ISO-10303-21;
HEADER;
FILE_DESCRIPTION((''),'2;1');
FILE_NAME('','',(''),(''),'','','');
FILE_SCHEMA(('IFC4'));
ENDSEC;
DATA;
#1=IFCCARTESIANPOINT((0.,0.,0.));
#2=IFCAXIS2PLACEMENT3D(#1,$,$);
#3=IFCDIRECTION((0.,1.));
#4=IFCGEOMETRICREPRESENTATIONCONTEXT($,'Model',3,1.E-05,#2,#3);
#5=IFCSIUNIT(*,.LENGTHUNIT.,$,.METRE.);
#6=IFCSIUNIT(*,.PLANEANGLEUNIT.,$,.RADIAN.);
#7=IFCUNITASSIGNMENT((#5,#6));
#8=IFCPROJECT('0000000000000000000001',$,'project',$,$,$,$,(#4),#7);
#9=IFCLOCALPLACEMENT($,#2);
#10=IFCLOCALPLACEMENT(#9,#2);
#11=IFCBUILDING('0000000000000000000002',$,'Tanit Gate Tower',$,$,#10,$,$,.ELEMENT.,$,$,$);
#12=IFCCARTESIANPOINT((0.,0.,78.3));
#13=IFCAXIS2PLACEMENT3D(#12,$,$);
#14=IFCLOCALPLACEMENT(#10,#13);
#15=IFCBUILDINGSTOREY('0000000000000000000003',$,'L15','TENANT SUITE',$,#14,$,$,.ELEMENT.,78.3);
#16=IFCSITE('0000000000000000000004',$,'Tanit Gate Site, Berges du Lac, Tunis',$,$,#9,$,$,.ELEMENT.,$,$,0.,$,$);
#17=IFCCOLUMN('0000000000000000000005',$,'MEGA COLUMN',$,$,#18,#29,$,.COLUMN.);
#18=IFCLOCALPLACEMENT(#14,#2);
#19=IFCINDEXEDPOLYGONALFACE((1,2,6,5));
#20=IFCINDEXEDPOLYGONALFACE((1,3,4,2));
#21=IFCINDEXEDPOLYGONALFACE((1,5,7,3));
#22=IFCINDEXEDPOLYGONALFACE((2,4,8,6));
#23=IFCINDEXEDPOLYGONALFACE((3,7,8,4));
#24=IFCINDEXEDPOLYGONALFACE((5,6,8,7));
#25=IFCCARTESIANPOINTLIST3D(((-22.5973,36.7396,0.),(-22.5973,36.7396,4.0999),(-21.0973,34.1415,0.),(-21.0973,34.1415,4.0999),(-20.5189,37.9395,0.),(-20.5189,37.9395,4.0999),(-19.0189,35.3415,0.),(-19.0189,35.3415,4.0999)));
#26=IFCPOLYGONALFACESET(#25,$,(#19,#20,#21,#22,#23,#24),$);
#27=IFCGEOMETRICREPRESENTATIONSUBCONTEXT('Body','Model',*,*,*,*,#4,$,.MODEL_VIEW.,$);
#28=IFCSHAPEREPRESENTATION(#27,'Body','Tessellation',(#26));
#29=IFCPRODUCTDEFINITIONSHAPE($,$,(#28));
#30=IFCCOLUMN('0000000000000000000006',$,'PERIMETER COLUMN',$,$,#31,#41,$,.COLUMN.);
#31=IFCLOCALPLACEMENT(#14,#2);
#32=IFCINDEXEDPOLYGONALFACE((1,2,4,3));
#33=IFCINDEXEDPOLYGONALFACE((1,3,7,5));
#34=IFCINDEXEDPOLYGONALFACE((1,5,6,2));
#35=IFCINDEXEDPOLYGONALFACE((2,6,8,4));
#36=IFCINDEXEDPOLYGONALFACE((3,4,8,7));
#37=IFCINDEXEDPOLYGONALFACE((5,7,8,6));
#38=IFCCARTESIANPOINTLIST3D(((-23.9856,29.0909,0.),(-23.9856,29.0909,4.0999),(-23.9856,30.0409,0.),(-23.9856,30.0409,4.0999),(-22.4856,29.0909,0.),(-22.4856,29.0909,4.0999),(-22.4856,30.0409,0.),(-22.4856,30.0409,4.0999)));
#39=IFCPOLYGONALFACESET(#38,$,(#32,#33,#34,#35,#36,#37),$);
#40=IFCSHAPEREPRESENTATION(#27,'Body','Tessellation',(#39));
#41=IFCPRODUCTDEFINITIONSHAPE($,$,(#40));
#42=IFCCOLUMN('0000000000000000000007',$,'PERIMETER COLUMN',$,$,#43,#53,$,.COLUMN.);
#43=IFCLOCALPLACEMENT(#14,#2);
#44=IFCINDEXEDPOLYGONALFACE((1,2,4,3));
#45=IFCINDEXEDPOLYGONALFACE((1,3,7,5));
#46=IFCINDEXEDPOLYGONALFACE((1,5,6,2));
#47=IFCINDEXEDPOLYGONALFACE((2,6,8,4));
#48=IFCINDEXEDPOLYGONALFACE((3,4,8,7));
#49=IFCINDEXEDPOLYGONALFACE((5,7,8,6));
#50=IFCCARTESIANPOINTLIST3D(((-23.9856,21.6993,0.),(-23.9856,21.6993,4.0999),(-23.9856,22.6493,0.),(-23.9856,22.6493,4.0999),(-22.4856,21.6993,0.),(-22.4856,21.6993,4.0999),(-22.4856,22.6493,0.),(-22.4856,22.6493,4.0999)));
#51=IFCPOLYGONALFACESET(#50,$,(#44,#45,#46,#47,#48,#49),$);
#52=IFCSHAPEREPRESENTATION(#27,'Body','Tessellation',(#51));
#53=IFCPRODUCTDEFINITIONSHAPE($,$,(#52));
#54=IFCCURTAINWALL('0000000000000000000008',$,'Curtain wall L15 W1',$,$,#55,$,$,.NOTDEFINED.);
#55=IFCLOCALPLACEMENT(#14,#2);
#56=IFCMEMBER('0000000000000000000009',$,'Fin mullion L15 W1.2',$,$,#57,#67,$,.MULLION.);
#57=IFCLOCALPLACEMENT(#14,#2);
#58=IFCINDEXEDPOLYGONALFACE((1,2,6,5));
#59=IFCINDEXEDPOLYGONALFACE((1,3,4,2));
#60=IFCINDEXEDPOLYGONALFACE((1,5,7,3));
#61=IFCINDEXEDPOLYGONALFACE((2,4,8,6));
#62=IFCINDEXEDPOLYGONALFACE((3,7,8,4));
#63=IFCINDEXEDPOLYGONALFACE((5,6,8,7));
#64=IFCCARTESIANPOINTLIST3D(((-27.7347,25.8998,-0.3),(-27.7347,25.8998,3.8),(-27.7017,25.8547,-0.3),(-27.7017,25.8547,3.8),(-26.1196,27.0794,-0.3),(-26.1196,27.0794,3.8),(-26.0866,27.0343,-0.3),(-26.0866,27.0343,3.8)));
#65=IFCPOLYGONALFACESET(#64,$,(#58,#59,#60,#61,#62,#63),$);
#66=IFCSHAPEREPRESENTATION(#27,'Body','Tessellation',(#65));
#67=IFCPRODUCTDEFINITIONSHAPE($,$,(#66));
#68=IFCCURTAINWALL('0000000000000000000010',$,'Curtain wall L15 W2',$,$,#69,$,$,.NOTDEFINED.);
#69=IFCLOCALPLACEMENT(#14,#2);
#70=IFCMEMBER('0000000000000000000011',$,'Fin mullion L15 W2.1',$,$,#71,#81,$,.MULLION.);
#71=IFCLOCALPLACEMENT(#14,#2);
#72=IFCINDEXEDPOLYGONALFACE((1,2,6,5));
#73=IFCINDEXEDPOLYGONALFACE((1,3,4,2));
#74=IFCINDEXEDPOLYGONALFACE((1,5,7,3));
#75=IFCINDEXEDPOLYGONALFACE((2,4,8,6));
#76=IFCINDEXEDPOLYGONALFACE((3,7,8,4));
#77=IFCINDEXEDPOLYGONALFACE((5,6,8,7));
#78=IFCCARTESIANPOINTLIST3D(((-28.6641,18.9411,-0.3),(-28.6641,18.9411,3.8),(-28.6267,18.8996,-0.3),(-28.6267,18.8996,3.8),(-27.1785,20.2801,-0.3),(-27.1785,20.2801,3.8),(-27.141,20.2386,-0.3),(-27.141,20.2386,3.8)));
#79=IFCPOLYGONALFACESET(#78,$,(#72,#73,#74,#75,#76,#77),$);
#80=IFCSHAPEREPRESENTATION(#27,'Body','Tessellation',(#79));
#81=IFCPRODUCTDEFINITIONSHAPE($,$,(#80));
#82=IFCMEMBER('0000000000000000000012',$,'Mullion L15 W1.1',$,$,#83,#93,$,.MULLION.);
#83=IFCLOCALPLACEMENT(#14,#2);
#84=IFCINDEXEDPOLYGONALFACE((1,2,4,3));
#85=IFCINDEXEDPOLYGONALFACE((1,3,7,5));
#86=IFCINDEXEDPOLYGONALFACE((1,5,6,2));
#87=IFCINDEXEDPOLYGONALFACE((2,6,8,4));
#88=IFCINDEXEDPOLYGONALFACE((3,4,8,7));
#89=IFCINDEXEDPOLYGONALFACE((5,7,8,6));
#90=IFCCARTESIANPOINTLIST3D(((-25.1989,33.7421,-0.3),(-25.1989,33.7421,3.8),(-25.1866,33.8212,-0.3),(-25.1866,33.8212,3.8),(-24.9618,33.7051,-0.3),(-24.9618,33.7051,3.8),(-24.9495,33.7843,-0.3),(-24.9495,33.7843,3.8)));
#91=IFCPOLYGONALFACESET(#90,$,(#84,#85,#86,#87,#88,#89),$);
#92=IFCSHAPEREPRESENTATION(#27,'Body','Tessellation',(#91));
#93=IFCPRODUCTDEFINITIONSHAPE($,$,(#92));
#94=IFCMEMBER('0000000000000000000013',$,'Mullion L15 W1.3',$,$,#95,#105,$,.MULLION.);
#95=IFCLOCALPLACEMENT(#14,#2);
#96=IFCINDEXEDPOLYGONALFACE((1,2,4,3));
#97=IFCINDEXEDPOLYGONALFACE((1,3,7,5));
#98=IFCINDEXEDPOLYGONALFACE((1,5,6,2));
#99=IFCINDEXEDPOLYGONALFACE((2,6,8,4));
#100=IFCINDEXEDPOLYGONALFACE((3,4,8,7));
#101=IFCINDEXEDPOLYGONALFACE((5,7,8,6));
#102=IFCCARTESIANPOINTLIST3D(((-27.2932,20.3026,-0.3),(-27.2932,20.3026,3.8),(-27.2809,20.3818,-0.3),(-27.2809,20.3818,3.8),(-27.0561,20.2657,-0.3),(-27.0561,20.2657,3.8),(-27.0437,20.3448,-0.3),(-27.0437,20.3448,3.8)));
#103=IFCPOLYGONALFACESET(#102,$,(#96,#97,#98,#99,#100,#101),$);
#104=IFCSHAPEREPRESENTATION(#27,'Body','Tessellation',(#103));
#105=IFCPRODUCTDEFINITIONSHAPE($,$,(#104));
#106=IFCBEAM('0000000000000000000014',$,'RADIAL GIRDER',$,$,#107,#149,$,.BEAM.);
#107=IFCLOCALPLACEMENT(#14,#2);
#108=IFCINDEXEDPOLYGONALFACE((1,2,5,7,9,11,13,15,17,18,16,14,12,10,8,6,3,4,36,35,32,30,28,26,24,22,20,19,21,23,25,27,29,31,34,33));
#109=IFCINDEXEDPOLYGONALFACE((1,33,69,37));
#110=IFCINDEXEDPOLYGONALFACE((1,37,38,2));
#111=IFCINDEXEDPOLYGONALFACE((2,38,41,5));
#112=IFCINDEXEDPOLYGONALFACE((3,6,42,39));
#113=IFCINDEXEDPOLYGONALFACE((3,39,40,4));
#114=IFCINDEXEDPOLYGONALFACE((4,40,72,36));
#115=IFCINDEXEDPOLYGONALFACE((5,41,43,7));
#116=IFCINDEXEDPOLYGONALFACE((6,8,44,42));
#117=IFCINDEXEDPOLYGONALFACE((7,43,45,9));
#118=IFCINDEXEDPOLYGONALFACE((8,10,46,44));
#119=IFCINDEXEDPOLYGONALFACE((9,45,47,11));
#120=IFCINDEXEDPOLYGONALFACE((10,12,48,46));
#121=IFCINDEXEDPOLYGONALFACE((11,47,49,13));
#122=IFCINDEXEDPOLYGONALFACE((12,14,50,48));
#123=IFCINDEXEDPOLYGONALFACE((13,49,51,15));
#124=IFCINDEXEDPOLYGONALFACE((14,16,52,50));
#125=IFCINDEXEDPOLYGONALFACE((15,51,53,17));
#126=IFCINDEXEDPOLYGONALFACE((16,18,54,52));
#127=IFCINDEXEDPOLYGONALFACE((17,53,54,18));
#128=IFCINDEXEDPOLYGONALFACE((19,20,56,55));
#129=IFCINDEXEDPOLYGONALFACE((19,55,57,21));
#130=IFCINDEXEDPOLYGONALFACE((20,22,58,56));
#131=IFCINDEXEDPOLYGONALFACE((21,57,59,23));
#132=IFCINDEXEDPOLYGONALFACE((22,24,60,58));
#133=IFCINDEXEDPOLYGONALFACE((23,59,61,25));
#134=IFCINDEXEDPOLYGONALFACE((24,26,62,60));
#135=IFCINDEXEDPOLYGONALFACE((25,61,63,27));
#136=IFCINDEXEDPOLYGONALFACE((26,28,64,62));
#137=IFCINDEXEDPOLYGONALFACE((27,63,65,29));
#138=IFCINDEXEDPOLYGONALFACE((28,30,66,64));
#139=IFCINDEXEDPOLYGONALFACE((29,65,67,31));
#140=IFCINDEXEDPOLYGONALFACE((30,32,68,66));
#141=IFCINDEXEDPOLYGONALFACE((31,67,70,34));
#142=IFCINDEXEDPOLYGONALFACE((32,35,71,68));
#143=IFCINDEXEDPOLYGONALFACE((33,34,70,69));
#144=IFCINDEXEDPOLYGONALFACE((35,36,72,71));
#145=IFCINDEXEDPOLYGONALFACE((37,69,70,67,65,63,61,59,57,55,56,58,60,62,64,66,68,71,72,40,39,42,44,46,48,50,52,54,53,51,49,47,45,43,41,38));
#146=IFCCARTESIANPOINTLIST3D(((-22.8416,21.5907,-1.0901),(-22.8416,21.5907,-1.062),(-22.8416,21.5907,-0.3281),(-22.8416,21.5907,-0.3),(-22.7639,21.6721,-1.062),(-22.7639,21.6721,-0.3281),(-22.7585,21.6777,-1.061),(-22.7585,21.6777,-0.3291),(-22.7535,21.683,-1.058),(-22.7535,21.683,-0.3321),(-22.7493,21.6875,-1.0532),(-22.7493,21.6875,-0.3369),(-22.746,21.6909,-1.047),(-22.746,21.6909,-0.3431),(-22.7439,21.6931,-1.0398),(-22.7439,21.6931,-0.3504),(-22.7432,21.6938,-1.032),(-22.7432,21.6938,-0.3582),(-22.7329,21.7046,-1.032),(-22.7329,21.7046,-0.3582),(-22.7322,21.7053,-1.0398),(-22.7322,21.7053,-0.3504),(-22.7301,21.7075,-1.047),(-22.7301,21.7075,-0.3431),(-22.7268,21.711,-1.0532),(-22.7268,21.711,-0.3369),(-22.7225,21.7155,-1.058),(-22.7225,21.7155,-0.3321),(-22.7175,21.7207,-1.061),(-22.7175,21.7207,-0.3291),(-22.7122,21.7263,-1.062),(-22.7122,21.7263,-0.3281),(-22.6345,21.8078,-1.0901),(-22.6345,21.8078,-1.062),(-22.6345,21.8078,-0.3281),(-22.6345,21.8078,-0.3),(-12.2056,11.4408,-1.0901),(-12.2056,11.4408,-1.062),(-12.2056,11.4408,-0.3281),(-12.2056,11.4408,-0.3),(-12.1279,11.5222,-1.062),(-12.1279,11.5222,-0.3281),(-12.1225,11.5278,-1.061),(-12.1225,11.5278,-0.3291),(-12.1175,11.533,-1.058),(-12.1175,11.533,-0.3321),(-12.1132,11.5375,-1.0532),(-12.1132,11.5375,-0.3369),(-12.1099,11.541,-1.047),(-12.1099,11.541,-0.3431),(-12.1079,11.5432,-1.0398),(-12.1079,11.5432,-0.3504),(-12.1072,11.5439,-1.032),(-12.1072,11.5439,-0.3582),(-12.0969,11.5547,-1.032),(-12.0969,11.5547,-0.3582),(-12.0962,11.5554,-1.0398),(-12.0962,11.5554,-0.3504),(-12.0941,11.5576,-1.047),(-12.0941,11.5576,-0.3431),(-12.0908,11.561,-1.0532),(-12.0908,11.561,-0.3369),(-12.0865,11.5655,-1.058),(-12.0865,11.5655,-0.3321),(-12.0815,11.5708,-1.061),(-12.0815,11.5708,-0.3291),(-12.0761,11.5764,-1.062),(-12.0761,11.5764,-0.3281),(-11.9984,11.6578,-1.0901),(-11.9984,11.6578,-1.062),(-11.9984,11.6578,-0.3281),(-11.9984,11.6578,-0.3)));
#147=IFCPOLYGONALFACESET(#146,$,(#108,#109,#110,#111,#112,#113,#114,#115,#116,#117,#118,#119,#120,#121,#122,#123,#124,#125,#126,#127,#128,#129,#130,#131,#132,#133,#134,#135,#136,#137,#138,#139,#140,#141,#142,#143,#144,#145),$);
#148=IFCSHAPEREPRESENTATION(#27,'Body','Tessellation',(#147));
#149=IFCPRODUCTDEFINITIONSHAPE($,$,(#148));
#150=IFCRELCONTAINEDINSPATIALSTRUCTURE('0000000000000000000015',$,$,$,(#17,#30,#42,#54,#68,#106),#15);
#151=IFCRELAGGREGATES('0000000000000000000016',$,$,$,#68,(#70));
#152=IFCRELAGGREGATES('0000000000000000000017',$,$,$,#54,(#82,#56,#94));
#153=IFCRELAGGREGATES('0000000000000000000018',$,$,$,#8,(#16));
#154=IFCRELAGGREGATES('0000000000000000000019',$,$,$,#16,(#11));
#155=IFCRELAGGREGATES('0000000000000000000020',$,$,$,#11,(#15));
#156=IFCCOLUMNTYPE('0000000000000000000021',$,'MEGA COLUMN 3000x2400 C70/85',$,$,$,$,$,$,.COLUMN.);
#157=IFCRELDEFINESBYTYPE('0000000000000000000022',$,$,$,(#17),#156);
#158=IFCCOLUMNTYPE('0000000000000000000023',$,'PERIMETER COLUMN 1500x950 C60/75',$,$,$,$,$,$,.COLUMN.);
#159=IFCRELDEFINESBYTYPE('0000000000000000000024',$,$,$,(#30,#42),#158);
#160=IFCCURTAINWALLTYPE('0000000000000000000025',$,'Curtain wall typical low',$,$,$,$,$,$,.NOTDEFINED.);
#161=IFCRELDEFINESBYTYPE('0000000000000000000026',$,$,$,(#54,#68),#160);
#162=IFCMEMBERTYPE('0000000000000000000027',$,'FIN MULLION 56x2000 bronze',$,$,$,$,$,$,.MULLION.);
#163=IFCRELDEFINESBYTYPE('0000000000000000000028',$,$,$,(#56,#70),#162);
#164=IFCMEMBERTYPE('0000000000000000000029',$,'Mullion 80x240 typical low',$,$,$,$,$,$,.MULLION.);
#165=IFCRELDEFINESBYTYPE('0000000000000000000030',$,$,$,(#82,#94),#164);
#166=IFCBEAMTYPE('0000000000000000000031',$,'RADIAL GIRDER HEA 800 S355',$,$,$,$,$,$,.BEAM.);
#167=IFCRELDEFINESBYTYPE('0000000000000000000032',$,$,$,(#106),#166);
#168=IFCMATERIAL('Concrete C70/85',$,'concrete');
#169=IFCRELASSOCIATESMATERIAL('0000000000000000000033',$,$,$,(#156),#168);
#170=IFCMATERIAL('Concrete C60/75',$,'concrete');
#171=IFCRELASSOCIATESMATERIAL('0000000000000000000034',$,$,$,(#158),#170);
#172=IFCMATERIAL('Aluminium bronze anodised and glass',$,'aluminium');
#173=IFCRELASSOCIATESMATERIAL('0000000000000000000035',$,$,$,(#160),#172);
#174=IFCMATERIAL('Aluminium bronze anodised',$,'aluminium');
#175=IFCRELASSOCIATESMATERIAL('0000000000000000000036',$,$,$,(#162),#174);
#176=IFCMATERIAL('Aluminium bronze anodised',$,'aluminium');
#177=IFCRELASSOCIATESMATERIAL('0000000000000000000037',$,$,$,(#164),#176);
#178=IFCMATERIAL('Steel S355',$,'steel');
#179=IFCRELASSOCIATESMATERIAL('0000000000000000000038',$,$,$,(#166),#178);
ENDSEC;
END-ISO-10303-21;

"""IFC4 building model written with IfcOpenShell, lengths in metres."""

from ifc_helpers import new_model, si_unit, direction, frame, origin, origin_2d, place, context, subcontext, project, spatial, rectangle, i_section, extrude, material, material_profile, profile_set, type_object, element, aggregate, save


model = new_model("IFC4")

# Units and contexts
model_context = context("Model", 3, precision=1e-05, world=origin(), true_north=direction((0.0, 1.0)))
body_context = subcontext(model_context, "Body", "Model", "MODEL_VIEW")
ifc_project = project(units=[si_unit("LENGTHUNIT", "METRE"), si_unit("PLANEANGLEUNIT", "RADIAN")], contexts=[model_context])

# Site, building, storey
site_placement = place(None, origin())
site = spatial("IfcSite", under=ifc_project, at=site_placement, Name="Tanit Gate Site, Berges du Lac, Tunis", CompositionType="ELEMENT", RefElevation=0.0)
building_placement = place(site_placement, origin())
building = spatial("IfcBuilding", under=site, at=building_placement, Name="Tanit Gate Tower", CompositionType="ELEMENT")
storey_placement = place(building_placement, frame((0.0, 0.0, 78.3)))
storey = spatial("IfcBuildingStorey", under=building, at=storey_placement, Name="L15", Description="TENANT SUITE", CompositionType="ELEMENT", Elevation=78.3)

# Columns
ifc_material_1 = material(Name="Concrete C70/85", Category="concrete")
ifc_material_profile_1 = material_profile(ifc_material_1, rectangle(XDim=3.0, YDim=2.3999, at=origin_2d()), Name="RC 3000x2400")
ifc_profile_set_1 = profile_set([ifc_material_profile_1], Name="Concrete C70/85")
column_type_1 = type_object("IfcColumnType", Name="MEGA COLUMN 3000x2400 C70/85", PredefinedType="COLUMN", material=ifc_profile_set_1)
column_placement = place(storey_placement, frame((-20.8081, 36.0405, 0.0), z_axis=(0.0, 0.0, 1.0), x_axis=(-0.5, 0.866025, 0.0)))
element("IfcColumn", 1, at=column_placement, inside=storey, type_object=column_type_1, Name="MEGA COLUMN", PredefinedType="COLUMN", context=body_context, shape_type="SweptSolid", body=[
    extrude(rectangle(XDim=3.0, YDim=2.3999, at=origin_2d()), origin(), (0.0, 0.0, 1.0), 4.0999),
])
ifc_material_2 = material(Name="Concrete C60/75", Category="concrete")
ifc_material_profile_2 = material_profile(ifc_material_2, rectangle(XDim=1.5, YDim=0.95, at=origin_2d()), Name="RC 1500x950")
ifc_profile_set_2 = profile_set([ifc_material_profile_2], Name="Concrete C60/75")
column_type_2 = type_object("IfcColumnType", Name="PERIMETER COLUMN 1500x950 C60/75", PredefinedType="COLUMN", material=ifc_profile_set_2)
for number, where, z_axis, x_axis, name in (
    (2, (-23.2356, 29.5659, 0.0), (0.0, 0.0, 1.0), (-1.0, 0.0, 0.0), "PERIMETER COLUMN"),
    (3, (-23.2356, 22.1743, 0.0), (0.0, 0.0, 1.0), (-1.0, 0.0, 0.0), "PERIMETER COLUMN"),
):
    element("IfcColumn", number, at=place(storey_placement, frame(where, z_axis=z_axis, x_axis=x_axis)), inside=storey, type_object=column_type_2, Name=name, PredefinedType="COLUMN", context=body_context, shape_type="SweptSolid", body=[
        extrude(rectangle(XDim=1.5, YDim=0.95, at=origin_2d()), origin(), (0.0, 0.0, 1.0), 4.0999),
    ])

# Curtain walls, members
ifc_material_3 = material(Name="Aluminium bronze anodised and glass", Category="aluminium")
curtain_wall_type = type_object("IfcCurtainWallType", Name="Curtain wall typical low", PredefinedType="NOTDEFINED", material=ifc_material_3)
curtain_wall_1_placement = place(storey_placement, origin())
curtain_wall_1 = element("IfcCurtainWall", 4, at=curtain_wall_1_placement, inside=storey, type_object=curtain_wall_type, Name="Curtain wall L15 W1", PredefinedType="NOTDEFINED")
ifc_material_4 = material(Name="Aluminium bronze anodised", Category="aluminium")
ifc_material_profile_3 = material_profile(ifc_material_4, rectangle(XDim=2.0, YDim=0.0559, at=origin_2d()), Name="56x2000 bronze fin mullion")
ifc_profile_set_3 = profile_set([ifc_material_profile_3], Name="Aluminium bronze anodised")
member_type_1 = type_object("IfcMemberType", Name="FIN MULLION 56x2000 bronze", PredefinedType="MULLION", material=ifc_profile_set_3)
member_1_placement = place(storey_placement, frame((-26.9106, 26.467, -0.3), z_axis=(0.0, 0.0, 1.0), x_axis=(0.807544, 0.589808, 0.0)))
member_1 = element("IfcMember", 5, at=member_1_placement, type_object=member_type_1, Name="Fin mullion L15 W1.2", PredefinedType="MULLION", context=body_context, shape_type="SweptSolid", body=[
    extrude(rectangle(XDim=2.0, YDim=0.0559, at=origin_2d()), origin(), (0.0, 0.0, 1.0), 4.1001),
])
curtain_wall_2_placement = place(storey_placement, origin())
curtain_wall_2 = element("IfcCurtainWall", 6, at=curtain_wall_2_placement, inside=storey, type_object=curtain_wall_type, Name="Curtain wall L15 W2", PredefinedType="NOTDEFINED")
member_2_placement = place(storey_placement, frame((-27.9026, 19.5898, -0.3), z_axis=(0.0, 0.0, 1.0), x_axis=(0.742829, 0.669481, 0.0)))
member_2 = element("IfcMember", 7, at=member_2_placement, type_object=member_type_1, Name="Fin mullion L15 W2.1", PredefinedType="MULLION", context=body_context, shape_type="SweptSolid", body=[
    extrude(rectangle(XDim=2.0, YDim=0.0559, at=origin_2d()), origin(), (0.0, 0.0, 1.0), 4.1001),
])

# Members
ifc_material_5 = material(Name="Aluminium bronze anodised", Category="aluminium")
ifc_material_profile_4 = material_profile(ifc_material_5, rectangle(XDim=0.24, YDim=0.0801, at=origin_2d()), Name="80x240 bronze mullion")
ifc_profile_set_4 = profile_set([ifc_material_profile_4], Name="Aluminium bronze anodised")
member_type_2 = type_object("IfcMemberType", Name="Mullion 80x240 typical low", PredefinedType="MULLION", material=ifc_profile_set_4)
member_3_placement = place(storey_placement, frame((-25.0742, 33.7632, -0.3), z_axis=(0.0, 0.0, 1.0), x_axis=(0.988077, -0.153962, 0.0)))
member_3 = element("IfcMember", 8, at=member_3_placement, type_object=member_type_2, Name="Mullion L15 W1.1", PredefinedType="MULLION", context=body_context, shape_type="SweptSolid", body=[
    extrude(rectangle(XDim=0.24, YDim=0.0801, at=origin_2d()), origin(), (0.0, 0.0, 1.0), 4.1001),
])
member_4_placement = place(storey_placement, frame((-27.1685, 20.3237, -0.3), z_axis=(0.0, 0.0, 1.0), x_axis=(0.988077, -0.153962, 0.0)))
member_4 = element("IfcMember", 9, at=member_4_placement, type_object=member_type_2, Name="Mullion L15 W1.3", PredefinedType="MULLION", context=body_context, shape_type="SweptSolid", body=[
    extrude(rectangle(XDim=0.24, YDim=0.0801, at=origin_2d()), origin(), (0.0, 0.0, 1.0), 4.1001),
])

# Beam
ifc_material_6 = material(Name="Steel S355", Category="steel")
ifc_material_profile_5 = material_profile(ifc_material_6, i_section(OverallWidth=0.3, OverallDepth=0.79, WebThickness=0.0149, FlangeThickness=0.0281, FilletRadius=0.03, at=origin_2d()), Name="HEA 800")
ifc_profile_set_5 = profile_set([ifc_material_profile_5], Name="Steel S355")
beam_type_1 = type_object("IfcBeamType", Name="RADIAL GIRDER HEA 800 S355", PredefinedType="BEAM", material=ifc_profile_set_5)
beam_1_placement = place(storey_placement, frame((-22.738, 21.6992, -0.6951), z_axis=(0.723445, -0.690382, 0.0), x_axis=(0.690382, 0.723445, 0.0)))
element("IfcBeam", 10, at=beam_1_placement, inside=storey, type_object=beam_type_1, Name="RADIAL GIRDER", PredefinedType="BEAM", context=body_context, shape_type="SweptSolid", body=[
    extrude(i_section(OverallWidth=0.3, OverallDepth=0.79, WebThickness=0.0149, FlangeThickness=0.0281, FilletRadius=0.03, at=origin_2d()), origin(), (0.0, 0.0, 1.0), 14.7019),
])

aggregate(curtain_wall_2, [member_2])

aggregate(curtain_wall_1, [member_3, member_1, member_4])

save(model, "model.ifc")
